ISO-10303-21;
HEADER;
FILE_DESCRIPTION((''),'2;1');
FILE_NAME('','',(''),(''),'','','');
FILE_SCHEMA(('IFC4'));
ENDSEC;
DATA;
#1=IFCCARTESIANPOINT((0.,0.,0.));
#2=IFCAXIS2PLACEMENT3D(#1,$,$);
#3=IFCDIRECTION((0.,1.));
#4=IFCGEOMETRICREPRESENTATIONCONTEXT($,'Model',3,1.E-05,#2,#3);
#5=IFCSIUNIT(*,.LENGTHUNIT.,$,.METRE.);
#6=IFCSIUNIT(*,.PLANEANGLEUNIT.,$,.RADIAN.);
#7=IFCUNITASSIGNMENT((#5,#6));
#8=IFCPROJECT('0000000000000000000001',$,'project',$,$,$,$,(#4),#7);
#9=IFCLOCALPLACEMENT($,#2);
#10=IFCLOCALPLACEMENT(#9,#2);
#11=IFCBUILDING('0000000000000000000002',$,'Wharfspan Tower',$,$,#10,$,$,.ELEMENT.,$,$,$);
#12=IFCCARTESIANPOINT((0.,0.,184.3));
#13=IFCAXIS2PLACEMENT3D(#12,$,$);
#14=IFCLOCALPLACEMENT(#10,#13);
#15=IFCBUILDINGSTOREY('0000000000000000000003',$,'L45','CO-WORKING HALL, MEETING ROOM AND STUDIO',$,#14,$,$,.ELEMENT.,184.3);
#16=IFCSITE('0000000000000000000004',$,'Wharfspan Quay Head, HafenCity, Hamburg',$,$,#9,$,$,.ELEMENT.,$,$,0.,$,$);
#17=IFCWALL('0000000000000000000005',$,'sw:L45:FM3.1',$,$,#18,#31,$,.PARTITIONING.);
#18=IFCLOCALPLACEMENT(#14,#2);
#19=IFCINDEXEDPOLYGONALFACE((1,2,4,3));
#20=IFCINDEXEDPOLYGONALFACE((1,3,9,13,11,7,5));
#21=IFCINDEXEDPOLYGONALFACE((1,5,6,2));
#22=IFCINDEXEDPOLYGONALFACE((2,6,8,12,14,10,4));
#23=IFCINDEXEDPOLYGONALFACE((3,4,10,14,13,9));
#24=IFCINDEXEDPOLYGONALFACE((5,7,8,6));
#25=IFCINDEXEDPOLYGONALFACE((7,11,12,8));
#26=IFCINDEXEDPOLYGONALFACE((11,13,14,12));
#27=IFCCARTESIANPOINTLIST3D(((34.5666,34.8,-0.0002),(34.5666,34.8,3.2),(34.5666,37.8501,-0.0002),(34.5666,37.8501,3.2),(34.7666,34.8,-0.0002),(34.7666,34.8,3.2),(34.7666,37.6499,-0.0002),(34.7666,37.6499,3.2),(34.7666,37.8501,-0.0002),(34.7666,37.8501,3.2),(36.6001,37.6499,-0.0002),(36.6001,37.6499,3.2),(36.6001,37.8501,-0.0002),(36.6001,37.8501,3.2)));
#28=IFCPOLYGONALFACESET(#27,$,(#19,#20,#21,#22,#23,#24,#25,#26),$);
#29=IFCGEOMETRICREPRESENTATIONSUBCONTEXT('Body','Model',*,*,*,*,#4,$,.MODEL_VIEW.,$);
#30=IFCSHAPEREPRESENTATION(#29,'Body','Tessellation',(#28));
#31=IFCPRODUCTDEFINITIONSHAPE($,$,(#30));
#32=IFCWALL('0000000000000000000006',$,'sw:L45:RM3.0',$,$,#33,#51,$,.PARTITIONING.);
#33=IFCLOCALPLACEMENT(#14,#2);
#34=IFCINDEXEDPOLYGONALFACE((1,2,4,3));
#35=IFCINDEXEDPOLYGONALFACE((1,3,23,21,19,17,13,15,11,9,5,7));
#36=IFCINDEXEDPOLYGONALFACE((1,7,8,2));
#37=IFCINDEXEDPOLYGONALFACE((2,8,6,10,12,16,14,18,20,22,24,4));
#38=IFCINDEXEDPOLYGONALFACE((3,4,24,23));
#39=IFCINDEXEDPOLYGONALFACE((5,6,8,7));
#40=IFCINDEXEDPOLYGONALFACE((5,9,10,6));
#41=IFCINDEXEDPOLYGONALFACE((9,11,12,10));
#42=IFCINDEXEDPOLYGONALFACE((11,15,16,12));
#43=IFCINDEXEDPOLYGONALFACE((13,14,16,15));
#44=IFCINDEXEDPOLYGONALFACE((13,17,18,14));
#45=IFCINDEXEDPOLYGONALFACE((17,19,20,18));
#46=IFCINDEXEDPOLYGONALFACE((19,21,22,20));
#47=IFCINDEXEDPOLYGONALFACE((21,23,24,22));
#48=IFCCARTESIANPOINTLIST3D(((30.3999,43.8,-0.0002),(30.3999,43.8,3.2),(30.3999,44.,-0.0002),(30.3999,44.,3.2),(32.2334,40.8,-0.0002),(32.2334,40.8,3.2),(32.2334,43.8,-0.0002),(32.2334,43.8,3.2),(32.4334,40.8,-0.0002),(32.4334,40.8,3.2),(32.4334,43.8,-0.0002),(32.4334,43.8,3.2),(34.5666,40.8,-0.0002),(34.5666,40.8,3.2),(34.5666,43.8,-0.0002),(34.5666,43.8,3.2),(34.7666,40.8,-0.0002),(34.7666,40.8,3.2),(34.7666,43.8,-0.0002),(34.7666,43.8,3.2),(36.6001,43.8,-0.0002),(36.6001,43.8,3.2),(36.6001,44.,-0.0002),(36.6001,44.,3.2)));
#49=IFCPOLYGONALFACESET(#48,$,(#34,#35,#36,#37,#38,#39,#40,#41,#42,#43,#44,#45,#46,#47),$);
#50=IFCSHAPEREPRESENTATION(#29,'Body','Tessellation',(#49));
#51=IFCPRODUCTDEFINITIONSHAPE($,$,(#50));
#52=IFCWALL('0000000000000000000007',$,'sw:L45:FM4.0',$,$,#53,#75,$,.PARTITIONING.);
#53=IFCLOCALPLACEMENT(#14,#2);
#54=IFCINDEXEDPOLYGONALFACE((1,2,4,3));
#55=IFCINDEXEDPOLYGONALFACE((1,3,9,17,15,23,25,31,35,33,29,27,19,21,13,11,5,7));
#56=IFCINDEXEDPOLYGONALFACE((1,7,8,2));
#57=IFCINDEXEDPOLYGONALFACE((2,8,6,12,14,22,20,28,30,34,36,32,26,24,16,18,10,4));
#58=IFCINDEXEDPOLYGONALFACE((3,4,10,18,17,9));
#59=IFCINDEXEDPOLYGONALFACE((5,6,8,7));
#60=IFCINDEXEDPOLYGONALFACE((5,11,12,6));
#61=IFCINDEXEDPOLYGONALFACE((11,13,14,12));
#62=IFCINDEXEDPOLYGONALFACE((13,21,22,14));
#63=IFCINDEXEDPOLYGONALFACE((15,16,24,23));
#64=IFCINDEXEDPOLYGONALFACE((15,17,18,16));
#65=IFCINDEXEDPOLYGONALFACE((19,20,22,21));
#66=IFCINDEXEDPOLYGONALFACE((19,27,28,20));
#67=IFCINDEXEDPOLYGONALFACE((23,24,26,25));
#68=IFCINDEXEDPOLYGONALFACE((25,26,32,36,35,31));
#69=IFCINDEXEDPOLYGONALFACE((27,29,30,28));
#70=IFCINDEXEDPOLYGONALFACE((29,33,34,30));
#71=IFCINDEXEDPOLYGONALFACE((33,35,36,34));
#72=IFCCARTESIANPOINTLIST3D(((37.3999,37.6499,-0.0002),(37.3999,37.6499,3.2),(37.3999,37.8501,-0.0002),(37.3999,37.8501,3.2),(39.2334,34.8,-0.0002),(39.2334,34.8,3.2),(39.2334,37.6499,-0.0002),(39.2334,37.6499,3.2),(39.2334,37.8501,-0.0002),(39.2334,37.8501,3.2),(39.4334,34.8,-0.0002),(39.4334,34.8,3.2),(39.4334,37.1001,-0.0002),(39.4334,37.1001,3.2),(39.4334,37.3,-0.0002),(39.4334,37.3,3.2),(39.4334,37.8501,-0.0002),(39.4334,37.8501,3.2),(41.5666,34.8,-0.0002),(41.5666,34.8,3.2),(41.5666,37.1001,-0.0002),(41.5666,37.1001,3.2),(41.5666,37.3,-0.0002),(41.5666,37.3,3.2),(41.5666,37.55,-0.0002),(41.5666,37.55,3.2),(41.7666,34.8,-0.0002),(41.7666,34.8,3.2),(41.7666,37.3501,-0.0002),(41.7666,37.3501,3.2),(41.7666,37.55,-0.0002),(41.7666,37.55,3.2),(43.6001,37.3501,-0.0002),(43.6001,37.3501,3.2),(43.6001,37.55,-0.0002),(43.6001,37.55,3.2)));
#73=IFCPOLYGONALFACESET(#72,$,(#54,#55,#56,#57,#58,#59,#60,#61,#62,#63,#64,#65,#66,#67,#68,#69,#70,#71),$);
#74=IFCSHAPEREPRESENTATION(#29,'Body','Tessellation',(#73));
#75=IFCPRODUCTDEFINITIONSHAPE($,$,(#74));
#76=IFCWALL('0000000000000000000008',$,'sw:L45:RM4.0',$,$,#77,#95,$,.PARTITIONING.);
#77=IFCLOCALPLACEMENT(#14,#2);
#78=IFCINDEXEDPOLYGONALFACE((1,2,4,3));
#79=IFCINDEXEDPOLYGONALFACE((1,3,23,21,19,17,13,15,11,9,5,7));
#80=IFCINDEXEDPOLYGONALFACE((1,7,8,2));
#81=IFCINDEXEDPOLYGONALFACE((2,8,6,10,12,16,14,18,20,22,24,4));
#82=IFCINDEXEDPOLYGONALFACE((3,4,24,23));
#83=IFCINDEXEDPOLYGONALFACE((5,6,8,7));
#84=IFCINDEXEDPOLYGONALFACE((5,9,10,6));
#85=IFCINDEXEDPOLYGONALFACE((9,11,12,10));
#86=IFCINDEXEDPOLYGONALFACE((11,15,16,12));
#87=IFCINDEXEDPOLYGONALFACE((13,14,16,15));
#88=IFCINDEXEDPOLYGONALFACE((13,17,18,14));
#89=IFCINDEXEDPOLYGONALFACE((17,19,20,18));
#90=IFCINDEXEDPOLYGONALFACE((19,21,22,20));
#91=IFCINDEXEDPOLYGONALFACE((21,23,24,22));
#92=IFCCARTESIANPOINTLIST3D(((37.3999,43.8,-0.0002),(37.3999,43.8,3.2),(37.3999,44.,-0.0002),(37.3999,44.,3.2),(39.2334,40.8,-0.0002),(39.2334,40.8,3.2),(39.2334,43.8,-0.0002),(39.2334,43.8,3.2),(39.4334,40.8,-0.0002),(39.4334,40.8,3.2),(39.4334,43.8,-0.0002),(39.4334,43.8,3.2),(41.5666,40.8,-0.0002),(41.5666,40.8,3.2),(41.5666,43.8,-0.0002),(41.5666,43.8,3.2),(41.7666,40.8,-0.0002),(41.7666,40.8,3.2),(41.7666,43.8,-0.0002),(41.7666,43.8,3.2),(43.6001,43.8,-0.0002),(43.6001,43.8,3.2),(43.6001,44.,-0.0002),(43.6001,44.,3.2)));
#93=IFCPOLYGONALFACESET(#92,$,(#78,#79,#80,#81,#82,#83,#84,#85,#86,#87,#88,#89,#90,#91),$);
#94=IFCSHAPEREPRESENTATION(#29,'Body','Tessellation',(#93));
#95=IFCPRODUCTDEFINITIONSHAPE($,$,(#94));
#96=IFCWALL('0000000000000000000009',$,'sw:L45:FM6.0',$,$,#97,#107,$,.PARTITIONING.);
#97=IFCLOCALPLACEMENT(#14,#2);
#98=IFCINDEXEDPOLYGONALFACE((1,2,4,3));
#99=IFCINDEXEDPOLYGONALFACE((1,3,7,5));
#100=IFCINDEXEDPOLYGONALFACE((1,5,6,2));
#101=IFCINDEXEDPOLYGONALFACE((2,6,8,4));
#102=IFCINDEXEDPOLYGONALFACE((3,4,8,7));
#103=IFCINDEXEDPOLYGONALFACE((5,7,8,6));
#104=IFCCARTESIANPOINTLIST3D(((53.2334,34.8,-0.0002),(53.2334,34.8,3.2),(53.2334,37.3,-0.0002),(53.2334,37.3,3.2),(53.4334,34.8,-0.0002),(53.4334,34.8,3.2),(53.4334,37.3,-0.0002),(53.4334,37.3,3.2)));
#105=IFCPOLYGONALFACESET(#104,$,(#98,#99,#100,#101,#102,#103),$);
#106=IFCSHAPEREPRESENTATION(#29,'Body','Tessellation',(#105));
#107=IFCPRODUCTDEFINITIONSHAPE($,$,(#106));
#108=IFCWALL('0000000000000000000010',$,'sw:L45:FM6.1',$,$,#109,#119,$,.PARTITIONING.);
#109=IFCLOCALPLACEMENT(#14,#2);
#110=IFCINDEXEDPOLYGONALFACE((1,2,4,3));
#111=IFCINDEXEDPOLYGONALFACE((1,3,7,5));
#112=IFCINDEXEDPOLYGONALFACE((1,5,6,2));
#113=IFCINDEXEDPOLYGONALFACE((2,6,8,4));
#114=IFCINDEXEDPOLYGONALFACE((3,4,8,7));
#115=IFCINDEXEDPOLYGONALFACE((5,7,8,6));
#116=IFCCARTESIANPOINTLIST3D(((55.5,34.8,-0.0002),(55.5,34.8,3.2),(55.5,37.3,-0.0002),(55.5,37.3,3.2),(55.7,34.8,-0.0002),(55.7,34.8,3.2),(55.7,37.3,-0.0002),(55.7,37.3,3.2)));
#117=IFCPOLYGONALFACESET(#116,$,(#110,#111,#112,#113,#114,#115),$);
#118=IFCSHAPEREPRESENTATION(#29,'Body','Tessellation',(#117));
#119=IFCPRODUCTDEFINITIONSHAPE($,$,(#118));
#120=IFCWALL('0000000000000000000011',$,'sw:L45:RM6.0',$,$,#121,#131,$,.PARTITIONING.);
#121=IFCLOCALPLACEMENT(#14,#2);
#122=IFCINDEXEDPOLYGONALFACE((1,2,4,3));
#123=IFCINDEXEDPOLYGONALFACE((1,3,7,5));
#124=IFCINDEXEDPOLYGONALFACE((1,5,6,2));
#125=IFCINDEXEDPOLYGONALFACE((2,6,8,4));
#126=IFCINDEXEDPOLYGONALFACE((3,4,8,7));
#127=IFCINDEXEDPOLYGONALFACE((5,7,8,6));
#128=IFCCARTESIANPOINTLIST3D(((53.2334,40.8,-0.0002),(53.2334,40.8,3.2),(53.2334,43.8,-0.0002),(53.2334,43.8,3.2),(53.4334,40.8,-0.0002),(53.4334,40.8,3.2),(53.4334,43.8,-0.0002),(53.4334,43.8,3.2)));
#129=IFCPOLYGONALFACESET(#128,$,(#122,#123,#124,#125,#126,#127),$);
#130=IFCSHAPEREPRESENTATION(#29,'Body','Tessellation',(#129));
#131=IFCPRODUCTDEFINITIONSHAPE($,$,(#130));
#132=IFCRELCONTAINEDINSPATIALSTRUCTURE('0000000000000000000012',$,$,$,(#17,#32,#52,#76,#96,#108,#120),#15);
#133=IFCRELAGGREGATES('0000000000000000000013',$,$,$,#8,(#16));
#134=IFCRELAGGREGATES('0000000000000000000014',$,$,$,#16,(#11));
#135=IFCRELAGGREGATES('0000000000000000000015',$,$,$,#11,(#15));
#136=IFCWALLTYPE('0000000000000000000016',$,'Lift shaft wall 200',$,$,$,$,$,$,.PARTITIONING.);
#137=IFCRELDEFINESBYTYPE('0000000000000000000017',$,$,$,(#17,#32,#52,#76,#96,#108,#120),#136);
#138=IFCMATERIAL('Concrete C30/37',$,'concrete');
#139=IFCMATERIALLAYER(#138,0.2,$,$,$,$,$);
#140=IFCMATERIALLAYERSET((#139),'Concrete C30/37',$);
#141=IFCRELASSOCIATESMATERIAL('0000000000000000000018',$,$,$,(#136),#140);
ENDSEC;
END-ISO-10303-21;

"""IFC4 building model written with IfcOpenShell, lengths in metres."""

from ifc_helpers import new_model, si_unit, direction, frame, origin, place, context, subcontext, project, spatial, polyline, outline, extrude, material, layer, layer_set, type_object, element, save


model = new_model("IFC4")

# Units and contexts
model_context = context("Model", 3, precision=1e-05, world=origin(), true_north=direction((0.0, 1.0)))
body_context = subcontext(model_context, "Body", "Model", "MODEL_VIEW")
ifc_project = project(units=[si_unit("LENGTHUNIT", "METRE"), si_unit("PLANEANGLEUNIT", "RADIAN")], contexts=[model_context])

# Site, building, storey
site_placement = place(None, origin())
site = spatial("IfcSite", under=ifc_project, at=site_placement, Name="Wharfspan Quay Head, HafenCity, Hamburg", CompositionType="ELEMENT", RefElevation=0.0)
building_placement = place(site_placement, origin())
building = spatial("IfcBuilding", under=site, at=building_placement, Name="Wharfspan Tower", CompositionType="ELEMENT")
storey_placement = place(building_placement, frame((0.0, 0.0, 184.3)))
storey = spatial("IfcBuildingStorey", under=building, at=storey_placement, Name="L45", Description="CO-WORKING HALL, MEETING ROOM AND STUDIO", CompositionType="ELEMENT", Elevation=184.3)

# Walls
ifc_material_1 = material(Name="Concrete C30/37", Category="concrete")
ifc_layer_1 = layer(ifc_material_1, 0.2)
ifc_layer_set_1 = layer_set([ifc_layer_1], Name="Concrete C30/37")
wall_type_1 = type_object("IfcWallType", Name="Lift shaft wall 200", PredefinedType="PARTITIONING", material=ifc_layer_set_1)
wall_1_placement = place(storey_placement, frame((0.0, 0.0, -0.0002)))
element("IfcWall", 1, at=wall_1_placement, inside=storey, type_object=wall_type_1, Name="sw:L45:FM3.1", PredefinedType="PARTITIONING", context=body_context, shape_type="SweptSolid", body=[
    extrude(outline(polyline([(34.5667, 37.8501), (34.7666, 37.8501), (36.6001, 37.8501), (36.6001, 37.6499), (34.7666, 37.6499), (34.7666, 34.8), (34.5667, 34.8), (34.5667, 37.8501)])), origin(), (0.0, 0.0, 1.0), 3.2002),
])
wall_2_placement = place(storey_placement, frame((0.0, 0.0, -0.0002)))
element("IfcWall", 2, at=wall_2_placement, inside=storey, type_object=wall_type_1, Name="sw:L45:RM3.0", PredefinedType="PARTITIONING", context=body_context, shape_type="SweptSolid", body=[
    extrude(outline(polyline([(32.4333, 40.8), (32.2334, 40.8), (32.2334, 43.8), (30.3999, 43.8), (30.3999, 44.0), (36.6001, 44.0), (36.6001, 43.8), (34.7666, 43.8), (34.7666, 40.8), (34.5667, 40.8), (34.5667, 43.8), (32.4333, 43.8), (32.4333, 40.8)])), origin(), (0.0, 0.0, 1.0), 3.2002),
])
wall_3_placement = place(storey_placement, frame((0.0, 0.0, -0.0002)))
element("IfcWall", 3, at=wall_3_placement, inside=storey, type_object=wall_type_1, Name="sw:L45:FM4.0", PredefinedType="PARTITIONING", context=body_context, shape_type="SweptSolid", body=[
    extrude(outline(polyline([(41.5667, 37.1001), (39.4333, 37.1001), (39.4333, 34.8), (39.2334, 34.8), (39.2334, 37.6499), (37.3999, 37.6499), (37.3999, 37.8501), (39.2334, 37.8501), (39.4333, 37.8501), (39.4333, 37.3), (41.5667, 37.3), (41.5667, 37.55), (41.7666, 37.55), (43.6001, 37.55), (43.6001, 37.3501), (41.7666, 37.3501), (41.7666, 34.8), (41.5667, 34.8), (41.5667, 37.1001)])), origin(), (0.0, 0.0, 1.0), 3.2002),
])
wall_4_placement = place(storey_placement, frame((0.0, 0.0, -0.0002)))
element("IfcWall", 4, at=wall_4_placement, inside=storey, type_object=wall_type_1, Name="sw:L45:RM4.0", PredefinedType="PARTITIONING", context=body_context, shape_type="SweptSolid", body=[
    extrude(outline(polyline([(39.4333, 40.8), (39.2334, 40.8), (39.2334, 43.8), (37.3999, 43.8), (37.3999, 44.0), (43.6001, 44.0), (43.6001, 43.8), (41.7666, 43.8), (41.7666, 40.8), (41.5667, 40.8), (41.5667, 43.8), (39.4333, 43.8), (39.4333, 40.8)])), origin(), (0.0, 0.0, 1.0), 3.2002),
])
wall_5_placement = place(storey_placement, frame((0.0, 0.0, -0.0002)))
element("IfcWall", 5, at=wall_5_placement, inside=storey, type_object=wall_type_1, Name="sw:L45:FM6.0", PredefinedType="PARTITIONING", context=body_context, shape_type="SweptSolid", body=[
    extrude(outline(polyline([(53.2334, 34.8), (53.2334, 37.3), (53.4333, 37.3), (53.4333, 34.8), (53.2334, 34.8)])), origin(), (0.0, 0.0, 1.0), 3.2002),
])
wall_6_placement = place(storey_placement, frame((0.0, 0.0, -0.0002)))
element("IfcWall", 6, at=wall_6_placement, inside=storey, type_object=wall_type_1, Name="sw:L45:FM6.1", PredefinedType="PARTITIONING", context=body_context, shape_type="SweptSolid", body=[
    extrude(outline(polyline([(55.5, 34.8), (55.5, 37.3), (55.7, 37.3), (55.7, 34.8), (55.5, 34.8)])), origin(), (0.0, 0.0, 1.0), 3.2002),
])
wall_7_placement = place(storey_placement, frame((0.0, 0.0, -0.0002)))
element("IfcWall", 7, at=wall_7_placement, inside=storey, type_object=wall_type_1, Name="sw:L45:RM6.0", PredefinedType="PARTITIONING", context=body_context, shape_type="SweptSolid", body=[
    extrude(outline(polyline([(53.4333, 40.8), (53.4333, 43.8), (53.2334, 43.8), (53.2334, 40.8), (53.4333, 40.8)])), origin(), (0.0, 0.0, 1.0), 3.2002),
])

save(model, "model.ifc")
